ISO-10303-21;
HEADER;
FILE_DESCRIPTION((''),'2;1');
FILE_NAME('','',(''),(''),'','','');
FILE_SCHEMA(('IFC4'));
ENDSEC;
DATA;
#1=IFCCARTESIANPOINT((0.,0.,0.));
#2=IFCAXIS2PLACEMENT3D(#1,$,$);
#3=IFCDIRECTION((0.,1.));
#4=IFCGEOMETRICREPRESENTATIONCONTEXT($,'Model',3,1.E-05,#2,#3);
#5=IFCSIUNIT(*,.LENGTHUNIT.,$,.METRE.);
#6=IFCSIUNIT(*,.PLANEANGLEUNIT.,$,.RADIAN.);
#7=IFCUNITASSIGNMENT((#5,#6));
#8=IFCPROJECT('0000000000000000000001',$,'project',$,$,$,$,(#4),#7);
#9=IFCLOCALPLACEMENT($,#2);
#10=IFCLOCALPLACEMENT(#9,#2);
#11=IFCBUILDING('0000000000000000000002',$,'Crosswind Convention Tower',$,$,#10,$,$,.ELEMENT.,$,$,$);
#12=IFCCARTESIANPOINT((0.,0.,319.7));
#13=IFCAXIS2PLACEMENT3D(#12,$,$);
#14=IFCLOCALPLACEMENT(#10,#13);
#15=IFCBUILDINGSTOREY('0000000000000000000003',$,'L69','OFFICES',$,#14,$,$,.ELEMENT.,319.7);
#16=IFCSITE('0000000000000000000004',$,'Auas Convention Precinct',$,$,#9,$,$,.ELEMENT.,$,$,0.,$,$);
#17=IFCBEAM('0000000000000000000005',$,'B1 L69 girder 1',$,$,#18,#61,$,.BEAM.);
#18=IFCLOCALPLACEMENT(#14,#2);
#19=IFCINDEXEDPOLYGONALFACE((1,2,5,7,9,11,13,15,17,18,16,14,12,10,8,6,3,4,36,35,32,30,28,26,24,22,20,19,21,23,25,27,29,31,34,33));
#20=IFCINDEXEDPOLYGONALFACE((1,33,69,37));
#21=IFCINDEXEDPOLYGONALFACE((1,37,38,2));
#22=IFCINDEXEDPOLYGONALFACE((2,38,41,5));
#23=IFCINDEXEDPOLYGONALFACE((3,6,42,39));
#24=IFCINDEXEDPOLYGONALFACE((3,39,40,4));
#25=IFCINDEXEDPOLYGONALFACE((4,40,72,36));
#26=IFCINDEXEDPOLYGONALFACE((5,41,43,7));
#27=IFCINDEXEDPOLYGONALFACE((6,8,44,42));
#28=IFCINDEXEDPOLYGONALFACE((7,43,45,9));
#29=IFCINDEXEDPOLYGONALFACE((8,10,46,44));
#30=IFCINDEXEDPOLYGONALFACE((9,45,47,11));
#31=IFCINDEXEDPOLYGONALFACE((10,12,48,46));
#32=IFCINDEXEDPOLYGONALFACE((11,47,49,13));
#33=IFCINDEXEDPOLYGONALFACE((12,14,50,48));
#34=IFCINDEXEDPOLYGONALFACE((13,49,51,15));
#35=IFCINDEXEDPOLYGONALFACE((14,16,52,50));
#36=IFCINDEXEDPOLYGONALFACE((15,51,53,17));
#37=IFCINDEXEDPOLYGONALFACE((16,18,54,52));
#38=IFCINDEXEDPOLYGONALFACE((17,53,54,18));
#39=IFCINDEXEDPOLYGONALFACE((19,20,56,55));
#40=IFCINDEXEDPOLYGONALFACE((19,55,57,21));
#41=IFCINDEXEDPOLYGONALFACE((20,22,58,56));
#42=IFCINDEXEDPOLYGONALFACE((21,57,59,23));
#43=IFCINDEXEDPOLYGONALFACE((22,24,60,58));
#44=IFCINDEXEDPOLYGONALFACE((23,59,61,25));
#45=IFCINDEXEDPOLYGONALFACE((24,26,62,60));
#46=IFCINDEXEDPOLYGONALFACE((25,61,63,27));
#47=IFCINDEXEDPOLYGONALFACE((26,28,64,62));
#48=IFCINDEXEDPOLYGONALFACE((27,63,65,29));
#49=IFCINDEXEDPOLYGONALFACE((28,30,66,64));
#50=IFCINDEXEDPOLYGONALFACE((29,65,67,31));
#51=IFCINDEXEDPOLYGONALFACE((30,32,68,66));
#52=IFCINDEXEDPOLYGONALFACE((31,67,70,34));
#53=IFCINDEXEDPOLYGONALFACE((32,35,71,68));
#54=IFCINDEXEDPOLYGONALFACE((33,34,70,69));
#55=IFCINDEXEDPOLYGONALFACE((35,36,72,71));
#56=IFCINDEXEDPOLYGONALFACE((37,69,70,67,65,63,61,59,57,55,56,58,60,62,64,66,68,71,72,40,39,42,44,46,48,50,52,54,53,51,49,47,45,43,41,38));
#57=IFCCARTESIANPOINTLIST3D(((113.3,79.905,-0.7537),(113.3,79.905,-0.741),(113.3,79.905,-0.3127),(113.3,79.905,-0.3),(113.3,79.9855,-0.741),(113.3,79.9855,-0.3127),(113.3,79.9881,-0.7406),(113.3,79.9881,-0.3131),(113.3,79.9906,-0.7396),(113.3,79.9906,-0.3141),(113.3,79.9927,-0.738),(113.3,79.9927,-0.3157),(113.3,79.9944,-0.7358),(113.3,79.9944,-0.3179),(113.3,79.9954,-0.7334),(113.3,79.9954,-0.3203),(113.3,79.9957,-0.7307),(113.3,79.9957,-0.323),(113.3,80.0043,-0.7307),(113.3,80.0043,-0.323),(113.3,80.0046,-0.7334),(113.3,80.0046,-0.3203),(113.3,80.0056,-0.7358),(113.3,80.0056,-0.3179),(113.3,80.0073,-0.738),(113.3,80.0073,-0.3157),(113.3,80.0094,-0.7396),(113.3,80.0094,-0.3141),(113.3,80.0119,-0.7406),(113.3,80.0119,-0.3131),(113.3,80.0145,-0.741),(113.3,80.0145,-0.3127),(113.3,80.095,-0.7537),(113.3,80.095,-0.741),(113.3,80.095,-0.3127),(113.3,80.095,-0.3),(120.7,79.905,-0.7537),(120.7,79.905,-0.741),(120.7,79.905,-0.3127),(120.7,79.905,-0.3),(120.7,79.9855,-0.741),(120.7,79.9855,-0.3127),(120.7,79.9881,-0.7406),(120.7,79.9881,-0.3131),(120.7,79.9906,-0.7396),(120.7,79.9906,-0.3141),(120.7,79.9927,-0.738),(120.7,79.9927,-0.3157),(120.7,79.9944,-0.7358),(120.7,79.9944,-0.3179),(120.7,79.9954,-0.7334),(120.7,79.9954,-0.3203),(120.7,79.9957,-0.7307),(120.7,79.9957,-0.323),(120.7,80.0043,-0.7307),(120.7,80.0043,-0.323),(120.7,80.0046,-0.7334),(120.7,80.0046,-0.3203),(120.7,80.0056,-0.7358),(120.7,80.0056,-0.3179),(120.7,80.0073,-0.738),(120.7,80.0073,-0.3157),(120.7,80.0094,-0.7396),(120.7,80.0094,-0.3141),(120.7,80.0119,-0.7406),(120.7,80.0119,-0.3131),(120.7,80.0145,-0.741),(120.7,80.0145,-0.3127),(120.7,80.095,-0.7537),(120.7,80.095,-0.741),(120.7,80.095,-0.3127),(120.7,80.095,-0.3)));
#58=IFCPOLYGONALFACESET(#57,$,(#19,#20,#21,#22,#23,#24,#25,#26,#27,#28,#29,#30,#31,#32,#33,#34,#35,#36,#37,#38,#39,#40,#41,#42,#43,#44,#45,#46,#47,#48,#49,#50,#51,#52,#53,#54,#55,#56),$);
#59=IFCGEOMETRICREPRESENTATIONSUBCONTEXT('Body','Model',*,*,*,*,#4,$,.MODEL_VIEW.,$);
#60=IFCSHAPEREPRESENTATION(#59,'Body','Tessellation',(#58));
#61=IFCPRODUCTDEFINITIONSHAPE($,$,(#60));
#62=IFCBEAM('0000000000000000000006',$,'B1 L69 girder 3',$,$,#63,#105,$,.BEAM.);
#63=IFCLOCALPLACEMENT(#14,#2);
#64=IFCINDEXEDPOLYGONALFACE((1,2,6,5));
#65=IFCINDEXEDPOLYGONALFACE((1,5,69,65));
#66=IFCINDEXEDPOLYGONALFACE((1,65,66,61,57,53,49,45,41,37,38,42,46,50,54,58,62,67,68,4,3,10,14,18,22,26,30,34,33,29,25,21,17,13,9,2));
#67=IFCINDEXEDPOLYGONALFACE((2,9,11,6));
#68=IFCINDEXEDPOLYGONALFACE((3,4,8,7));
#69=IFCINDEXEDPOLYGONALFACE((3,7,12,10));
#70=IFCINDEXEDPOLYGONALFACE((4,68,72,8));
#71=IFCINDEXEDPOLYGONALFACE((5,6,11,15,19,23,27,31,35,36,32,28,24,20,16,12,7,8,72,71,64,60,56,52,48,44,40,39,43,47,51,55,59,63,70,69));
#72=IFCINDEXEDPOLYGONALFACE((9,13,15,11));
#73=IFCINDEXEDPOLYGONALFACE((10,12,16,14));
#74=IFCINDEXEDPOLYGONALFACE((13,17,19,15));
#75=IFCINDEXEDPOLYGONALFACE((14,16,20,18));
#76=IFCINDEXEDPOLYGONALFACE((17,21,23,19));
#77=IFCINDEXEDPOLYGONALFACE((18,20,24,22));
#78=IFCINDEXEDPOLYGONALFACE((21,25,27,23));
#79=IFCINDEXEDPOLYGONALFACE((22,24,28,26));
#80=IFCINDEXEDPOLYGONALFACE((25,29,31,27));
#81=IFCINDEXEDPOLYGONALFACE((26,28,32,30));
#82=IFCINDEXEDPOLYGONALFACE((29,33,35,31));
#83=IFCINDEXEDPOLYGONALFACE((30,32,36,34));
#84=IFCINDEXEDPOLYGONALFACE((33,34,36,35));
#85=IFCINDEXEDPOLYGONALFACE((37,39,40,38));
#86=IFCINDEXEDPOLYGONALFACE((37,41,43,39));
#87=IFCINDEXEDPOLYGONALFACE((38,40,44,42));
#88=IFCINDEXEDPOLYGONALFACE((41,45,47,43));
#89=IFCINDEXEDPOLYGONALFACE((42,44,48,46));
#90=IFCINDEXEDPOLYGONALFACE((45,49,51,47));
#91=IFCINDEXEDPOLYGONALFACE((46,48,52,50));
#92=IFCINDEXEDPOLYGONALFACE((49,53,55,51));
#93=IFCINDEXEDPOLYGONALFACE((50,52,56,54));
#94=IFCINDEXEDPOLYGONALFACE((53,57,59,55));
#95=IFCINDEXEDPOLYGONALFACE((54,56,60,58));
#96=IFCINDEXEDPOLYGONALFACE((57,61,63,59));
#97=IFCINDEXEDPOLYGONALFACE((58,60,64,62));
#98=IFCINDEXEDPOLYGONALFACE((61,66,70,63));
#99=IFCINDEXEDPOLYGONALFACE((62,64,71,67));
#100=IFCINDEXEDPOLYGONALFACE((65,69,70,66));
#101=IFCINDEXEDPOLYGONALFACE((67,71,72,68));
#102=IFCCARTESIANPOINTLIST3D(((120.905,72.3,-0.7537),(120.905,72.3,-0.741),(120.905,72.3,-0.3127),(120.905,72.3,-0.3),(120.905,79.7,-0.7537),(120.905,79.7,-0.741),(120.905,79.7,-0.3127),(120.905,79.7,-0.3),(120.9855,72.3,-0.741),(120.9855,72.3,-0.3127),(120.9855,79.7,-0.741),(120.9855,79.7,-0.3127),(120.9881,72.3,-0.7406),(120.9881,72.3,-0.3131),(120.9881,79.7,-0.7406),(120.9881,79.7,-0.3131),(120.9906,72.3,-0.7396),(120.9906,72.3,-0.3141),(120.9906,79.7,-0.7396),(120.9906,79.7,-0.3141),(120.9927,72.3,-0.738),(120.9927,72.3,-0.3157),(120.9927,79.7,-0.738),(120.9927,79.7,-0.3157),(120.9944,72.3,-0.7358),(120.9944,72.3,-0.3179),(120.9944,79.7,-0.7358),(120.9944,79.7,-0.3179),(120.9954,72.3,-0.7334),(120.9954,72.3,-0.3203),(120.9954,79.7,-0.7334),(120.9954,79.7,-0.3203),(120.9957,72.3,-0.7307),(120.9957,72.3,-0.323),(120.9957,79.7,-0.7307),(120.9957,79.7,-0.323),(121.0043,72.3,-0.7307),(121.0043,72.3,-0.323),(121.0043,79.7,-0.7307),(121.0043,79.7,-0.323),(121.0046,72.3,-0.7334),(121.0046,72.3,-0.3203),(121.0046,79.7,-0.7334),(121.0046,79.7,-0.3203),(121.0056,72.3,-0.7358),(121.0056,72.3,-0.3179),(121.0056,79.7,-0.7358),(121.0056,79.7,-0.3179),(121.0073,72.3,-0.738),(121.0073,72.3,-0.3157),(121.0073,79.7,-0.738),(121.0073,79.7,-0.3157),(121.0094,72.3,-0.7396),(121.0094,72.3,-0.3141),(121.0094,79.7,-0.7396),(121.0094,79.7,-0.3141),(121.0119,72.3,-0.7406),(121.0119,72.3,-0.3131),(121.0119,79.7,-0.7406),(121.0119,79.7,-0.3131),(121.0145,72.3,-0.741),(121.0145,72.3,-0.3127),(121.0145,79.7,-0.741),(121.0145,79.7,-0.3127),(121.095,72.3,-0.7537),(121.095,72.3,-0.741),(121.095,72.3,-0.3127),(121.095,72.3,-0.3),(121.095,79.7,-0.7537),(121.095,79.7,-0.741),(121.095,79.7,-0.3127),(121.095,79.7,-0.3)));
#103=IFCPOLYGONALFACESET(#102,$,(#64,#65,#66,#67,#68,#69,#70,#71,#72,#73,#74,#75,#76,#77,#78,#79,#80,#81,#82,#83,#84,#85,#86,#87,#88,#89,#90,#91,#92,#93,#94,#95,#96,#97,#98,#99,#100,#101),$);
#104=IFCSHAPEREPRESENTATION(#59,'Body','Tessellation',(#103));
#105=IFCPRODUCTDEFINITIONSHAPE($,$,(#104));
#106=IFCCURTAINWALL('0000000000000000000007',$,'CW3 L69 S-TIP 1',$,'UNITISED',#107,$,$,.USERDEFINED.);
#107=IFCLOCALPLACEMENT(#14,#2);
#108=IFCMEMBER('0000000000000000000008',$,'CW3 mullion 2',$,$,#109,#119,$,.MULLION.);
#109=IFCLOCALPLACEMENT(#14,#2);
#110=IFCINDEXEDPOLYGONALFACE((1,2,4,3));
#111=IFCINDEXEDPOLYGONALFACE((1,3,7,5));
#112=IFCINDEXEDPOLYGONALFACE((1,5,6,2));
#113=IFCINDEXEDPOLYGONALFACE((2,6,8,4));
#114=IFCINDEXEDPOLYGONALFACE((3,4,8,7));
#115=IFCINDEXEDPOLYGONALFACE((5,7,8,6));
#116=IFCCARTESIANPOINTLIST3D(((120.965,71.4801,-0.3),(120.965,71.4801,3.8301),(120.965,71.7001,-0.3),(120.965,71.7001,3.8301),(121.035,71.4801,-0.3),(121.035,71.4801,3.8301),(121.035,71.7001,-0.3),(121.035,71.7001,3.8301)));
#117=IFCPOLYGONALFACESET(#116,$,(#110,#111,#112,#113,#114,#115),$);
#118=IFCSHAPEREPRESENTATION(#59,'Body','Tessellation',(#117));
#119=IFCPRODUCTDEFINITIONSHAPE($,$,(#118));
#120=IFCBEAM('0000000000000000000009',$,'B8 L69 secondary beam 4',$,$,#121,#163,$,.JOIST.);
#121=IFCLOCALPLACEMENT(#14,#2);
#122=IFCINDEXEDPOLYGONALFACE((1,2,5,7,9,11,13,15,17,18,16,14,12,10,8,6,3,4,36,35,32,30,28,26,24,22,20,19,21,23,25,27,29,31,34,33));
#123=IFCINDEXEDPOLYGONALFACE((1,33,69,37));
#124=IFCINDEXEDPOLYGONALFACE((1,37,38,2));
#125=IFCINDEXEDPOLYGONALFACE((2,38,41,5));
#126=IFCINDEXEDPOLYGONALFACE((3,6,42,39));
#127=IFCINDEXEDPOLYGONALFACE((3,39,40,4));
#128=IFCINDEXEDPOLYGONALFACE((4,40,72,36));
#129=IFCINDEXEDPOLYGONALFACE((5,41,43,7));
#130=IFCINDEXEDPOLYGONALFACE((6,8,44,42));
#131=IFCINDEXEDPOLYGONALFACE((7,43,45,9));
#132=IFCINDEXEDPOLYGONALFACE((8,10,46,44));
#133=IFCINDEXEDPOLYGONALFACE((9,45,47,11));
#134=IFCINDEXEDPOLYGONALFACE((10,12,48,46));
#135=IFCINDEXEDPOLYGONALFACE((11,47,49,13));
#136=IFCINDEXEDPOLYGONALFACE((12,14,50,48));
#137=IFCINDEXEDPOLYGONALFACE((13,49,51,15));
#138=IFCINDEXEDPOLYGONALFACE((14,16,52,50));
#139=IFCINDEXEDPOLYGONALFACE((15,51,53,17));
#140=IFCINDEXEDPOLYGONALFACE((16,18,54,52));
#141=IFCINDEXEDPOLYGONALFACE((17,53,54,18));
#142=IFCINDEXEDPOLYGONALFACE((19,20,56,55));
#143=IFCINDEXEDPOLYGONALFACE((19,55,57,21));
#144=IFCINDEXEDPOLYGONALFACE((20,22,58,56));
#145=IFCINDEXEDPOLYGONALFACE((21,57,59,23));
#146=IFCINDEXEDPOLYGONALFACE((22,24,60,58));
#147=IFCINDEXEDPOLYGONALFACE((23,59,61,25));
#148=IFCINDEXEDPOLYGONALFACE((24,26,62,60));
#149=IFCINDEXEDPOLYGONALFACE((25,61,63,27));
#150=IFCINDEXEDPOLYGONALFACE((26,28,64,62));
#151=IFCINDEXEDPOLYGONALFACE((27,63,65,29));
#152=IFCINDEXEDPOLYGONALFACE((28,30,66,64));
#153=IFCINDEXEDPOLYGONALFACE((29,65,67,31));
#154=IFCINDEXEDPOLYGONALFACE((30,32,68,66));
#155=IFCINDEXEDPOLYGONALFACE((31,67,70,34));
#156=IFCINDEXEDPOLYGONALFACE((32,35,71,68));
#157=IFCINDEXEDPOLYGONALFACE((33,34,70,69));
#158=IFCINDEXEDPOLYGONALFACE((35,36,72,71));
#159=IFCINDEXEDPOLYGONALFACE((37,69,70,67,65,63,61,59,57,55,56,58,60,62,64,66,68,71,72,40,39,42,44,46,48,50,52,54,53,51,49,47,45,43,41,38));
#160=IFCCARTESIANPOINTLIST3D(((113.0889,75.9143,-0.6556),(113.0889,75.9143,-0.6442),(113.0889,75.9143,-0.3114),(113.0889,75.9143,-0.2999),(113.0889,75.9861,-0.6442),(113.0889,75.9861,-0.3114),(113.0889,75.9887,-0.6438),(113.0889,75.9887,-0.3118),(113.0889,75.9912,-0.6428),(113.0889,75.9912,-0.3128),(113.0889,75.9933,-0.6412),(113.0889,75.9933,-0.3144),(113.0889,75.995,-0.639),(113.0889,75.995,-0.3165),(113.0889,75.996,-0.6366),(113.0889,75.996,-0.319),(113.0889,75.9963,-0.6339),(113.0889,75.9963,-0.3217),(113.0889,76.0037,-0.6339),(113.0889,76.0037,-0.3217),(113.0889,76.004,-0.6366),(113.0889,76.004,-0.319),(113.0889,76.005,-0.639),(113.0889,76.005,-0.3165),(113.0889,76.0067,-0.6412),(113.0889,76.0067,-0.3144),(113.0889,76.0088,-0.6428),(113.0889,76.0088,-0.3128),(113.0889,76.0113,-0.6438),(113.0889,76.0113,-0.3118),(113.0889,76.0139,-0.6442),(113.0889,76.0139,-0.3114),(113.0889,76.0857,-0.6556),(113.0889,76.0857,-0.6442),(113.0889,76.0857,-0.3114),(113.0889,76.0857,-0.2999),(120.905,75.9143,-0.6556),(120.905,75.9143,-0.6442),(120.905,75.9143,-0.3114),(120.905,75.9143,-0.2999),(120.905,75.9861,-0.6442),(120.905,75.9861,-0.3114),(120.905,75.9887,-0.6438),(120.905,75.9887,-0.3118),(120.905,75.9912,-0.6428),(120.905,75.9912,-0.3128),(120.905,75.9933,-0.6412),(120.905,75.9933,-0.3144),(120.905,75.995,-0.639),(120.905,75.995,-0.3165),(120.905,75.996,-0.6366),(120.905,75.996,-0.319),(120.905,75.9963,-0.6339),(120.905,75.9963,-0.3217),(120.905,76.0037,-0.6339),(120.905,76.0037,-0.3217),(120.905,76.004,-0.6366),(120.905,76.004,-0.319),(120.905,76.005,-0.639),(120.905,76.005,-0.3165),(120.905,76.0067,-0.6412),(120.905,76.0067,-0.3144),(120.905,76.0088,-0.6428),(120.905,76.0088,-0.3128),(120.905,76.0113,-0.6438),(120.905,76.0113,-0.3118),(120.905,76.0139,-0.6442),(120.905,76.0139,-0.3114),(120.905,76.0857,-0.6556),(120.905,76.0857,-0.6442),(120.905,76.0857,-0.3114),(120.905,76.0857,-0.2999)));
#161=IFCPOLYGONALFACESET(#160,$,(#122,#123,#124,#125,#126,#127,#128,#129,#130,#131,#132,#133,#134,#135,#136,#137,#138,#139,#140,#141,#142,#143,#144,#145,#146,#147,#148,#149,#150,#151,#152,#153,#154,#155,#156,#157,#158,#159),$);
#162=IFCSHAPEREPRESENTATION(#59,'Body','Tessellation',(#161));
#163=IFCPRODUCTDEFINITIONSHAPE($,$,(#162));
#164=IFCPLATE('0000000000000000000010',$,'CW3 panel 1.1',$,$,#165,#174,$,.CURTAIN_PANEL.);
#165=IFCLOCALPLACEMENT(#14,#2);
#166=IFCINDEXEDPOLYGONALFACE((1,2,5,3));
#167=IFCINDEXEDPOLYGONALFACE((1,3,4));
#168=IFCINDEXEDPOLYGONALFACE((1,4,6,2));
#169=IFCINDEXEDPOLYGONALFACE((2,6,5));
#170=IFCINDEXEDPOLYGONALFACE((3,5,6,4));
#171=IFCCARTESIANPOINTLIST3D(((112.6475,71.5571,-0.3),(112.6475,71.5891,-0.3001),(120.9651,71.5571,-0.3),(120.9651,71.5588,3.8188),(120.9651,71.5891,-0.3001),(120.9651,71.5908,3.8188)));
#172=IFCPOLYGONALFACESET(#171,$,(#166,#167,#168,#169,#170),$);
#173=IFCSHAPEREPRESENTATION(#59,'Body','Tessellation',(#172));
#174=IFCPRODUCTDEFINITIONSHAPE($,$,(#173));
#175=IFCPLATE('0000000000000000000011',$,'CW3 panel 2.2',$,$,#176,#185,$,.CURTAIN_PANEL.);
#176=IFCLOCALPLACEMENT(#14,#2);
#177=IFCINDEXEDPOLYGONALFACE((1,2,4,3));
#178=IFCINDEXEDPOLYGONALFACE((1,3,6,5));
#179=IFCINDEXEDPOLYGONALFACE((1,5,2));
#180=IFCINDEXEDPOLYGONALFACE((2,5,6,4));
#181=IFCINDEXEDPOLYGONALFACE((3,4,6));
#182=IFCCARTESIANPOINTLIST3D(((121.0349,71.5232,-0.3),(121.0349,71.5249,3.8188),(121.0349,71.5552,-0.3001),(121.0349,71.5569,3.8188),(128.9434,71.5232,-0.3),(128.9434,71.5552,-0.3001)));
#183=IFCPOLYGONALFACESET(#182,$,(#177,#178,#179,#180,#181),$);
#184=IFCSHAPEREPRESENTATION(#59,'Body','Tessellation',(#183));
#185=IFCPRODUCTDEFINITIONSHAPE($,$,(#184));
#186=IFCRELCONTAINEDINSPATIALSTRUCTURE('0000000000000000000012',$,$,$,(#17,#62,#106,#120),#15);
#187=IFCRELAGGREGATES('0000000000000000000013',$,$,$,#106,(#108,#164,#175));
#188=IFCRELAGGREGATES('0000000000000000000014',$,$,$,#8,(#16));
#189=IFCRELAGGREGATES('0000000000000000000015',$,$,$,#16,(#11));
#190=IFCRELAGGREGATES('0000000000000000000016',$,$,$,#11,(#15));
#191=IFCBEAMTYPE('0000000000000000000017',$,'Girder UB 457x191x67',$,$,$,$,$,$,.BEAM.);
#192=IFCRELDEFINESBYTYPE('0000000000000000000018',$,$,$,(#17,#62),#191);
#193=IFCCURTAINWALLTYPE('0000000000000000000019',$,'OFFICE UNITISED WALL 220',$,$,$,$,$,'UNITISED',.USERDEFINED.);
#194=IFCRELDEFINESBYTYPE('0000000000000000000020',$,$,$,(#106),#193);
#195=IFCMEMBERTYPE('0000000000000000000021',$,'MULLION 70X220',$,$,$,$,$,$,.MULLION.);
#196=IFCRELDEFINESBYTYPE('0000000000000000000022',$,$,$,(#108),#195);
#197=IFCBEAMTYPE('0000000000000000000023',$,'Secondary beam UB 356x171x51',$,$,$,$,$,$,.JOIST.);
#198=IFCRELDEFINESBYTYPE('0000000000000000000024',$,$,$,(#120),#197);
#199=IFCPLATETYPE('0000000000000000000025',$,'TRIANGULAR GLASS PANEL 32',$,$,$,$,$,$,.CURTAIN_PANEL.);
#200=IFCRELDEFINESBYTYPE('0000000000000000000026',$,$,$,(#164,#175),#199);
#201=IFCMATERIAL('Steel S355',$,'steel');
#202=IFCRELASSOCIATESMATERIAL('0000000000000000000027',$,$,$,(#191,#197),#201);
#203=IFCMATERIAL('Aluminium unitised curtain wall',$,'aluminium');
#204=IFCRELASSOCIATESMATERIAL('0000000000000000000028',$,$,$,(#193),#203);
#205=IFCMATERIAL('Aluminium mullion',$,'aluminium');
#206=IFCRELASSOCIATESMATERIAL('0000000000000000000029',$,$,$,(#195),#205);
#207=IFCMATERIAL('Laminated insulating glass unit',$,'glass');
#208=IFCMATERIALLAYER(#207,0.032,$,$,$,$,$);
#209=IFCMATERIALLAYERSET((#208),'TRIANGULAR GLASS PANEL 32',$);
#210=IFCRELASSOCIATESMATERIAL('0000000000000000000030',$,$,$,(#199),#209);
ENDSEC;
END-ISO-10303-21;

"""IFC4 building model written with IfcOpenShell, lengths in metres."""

from ifc_helpers import new_model, si_unit, direction, frame, origin, origin_2d, place, context, subcontext, project, spatial, polyline, rectangle, i_section, outline, extrude, material, layer, layer_set, material_profile, profile_set, type_object, element, aggregate, save


model = new_model("IFC4")

# Units and contexts
model_context = context("Model", 3, precision=1e-05, world=origin(), true_north=direction((0.0, 1.0)))
body_context = subcontext(model_context, "Body", "Model", "MODEL_VIEW")
ifc_project = project(units=[si_unit("LENGTHUNIT", "METRE"), si_unit("PLANEANGLEUNIT", "RADIAN")], contexts=[model_context])

# Site, building, storey
site_placement = place(None, origin())
site = spatial("IfcSite", under=ifc_project, at=site_placement, Name="Auas Convention Precinct", CompositionType="ELEMENT", RefElevation=0.0)
building_placement = place(site_placement, origin())
building = spatial("IfcBuilding", under=site, at=building_placement, Name="Crosswind Convention Tower", CompositionType="ELEMENT")
storey_placement = place(building_placement, frame((0.0, 0.0, 319.7)))
storey = spatial("IfcBuildingStorey", under=building, at=storey_placement, Name="L69", Description="OFFICES", CompositionType="ELEMENT", Elevation=319.7)

# Beams
ifc_material_1 = material(Name="Steel S355", Category="steel")
ifc_material_profile_1 = material_profile(ifc_material_1, i_section(OverallWidth=0.1899, OverallDepth=0.4536, WebThickness=0.0085, FlangeThickness=0.0127, FilletRadius=0.0103, at=origin_2d()), Name="UB 457x191x67")
ifc_profile_set_1 = profile_set([ifc_material_profile_1], Name="Steel S355")
beam_type_1 = type_object("IfcBeamType", Name="Girder UB 457x191x67", PredefinedType="BEAM", material=ifc_profile_set_1)
for number, where, z_axis, x_axis, name in (
    (1, (113.3, 80.0, -0.5269), (1.0, 0.0, 0.0), (0.0, 1.0, 0.0), "B1 L69 girder 1"),
    (2, (121.0, 72.3, -0.5269), (0.0, 1.0, 0.0), (-1.0, 0.0, 0.0), "B1 L69 girder 3"),
):
    element("IfcBeam", number, at=place(storey_placement, frame(where, z_axis=z_axis, x_axis=x_axis)), inside=storey, type_object=beam_type_1, Name=name, PredefinedType="BEAM", context=body_context, shape_type="SweptSolid", body=[
        extrude(i_section(OverallWidth=0.1899, OverallDepth=0.4536, WebThickness=0.0085, FlangeThickness=0.0127, FilletRadius=0.0103, at=origin_2d()), origin(), (0.0, 0.0, 1.0), 7.3999),
    ])

# Curtain wall, member
ifc_material_2 = material(Name="Aluminium unitised curtain wall", Category="aluminium")
curtain_wall_type = type_object("IfcCurtainWallType", Name="OFFICE UNITISED WALL 220", ElementType="UNITISED", PredefinedType="USERDEFINED", material=ifc_material_2)
curtain_wall_placement = place(storey_placement, origin())
curtain_wall = element("IfcCurtainWall", 3, at=curtain_wall_placement, inside=storey, type_object=curtain_wall_type, Name="CW3 L69 S-TIP 1", ObjectType="UNITISED", PredefinedType="USERDEFINED")
ifc_material_3 = material(Name="Aluminium mullion", Category="aluminium")
ifc_material_profile_2 = material_profile(ifc_material_3, rectangle(XDim=0.22, YDim=0.0701, at=origin_2d()), Name="AL 220X70")
ifc_profile_set_2 = profile_set([ifc_material_profile_2], Name="Aluminium mullion")
member_type = type_object("IfcMemberType", Name="MULLION 70X220", PredefinedType="MULLION", material=ifc_profile_set_2)
member_placement = place(storey_placement, frame((121.0, 71.5901, -0.3), z_axis=(0.0, 0.0, 1.0), x_axis=(0.0, -1.0, 0.0)))
member = element("IfcMember", 4, at=member_placement, type_object=member_type, Name="CW3 mullion 2", PredefinedType="MULLION", context=body_context, shape_type="SweptSolid", body=[
    extrude(rectangle(XDim=0.22, YDim=0.0701, at=origin_2d()), origin(), (0.0, 0.0, 1.0), 4.1301),
])

# Beam
ifc_material_profile_3 = material_profile(ifc_material_1, i_section(OverallWidth=0.1714, OverallDepth=0.3557, WebThickness=0.0073, FlangeThickness=0.0115, FilletRadius=0.0103, at=origin_2d()), Name="UB 356x171x51")
ifc_profile_set_3 = profile_set([ifc_material_profile_3], Name="Steel S355")
beam_type_2 = type_object("IfcBeamType", Name="Secondary beam UB 356x171x51", PredefinedType="JOIST", material=ifc_profile_set_3)
beam_1_placement = place(storey_placement, frame((113.0889, 76.0, -0.4778), z_axis=(1.0, 0.0, 0.0), x_axis=(0.0, 1.0, 0.0)))
element("IfcBeam", 5, at=beam_1_placement, inside=storey, type_object=beam_type_2, Name="B8 L69 secondary beam 4", PredefinedType="JOIST", context=body_context, shape_type="SweptSolid", body=[
    extrude(i_section(OverallWidth=0.1714, OverallDepth=0.3557, WebThickness=0.0073, FlangeThickness=0.0115, FilletRadius=0.0103, at=origin_2d()), origin(), (0.0, 0.0, 1.0), 7.8162),
])

# Plates
ifc_material_4 = material(Name="Laminated insulating glass unit", Category="glass")
ifc_layer_1 = layer(ifc_material_4, 0.032)
ifc_layer_set_1 = layer_set([ifc_layer_1], Name="TRIANGULAR GLASS PANEL 32")
plate_type = type_object("IfcPlateType", Name="TRIANGULAR GLASS PANEL 32", PredefinedType="CURTAIN_PANEL", material=ifc_layer_set_1)
plate_1_placement = place(storey_placement, frame((120.9651, 71.5571, -0.3), z_axis=(0.0, -1.0, 0.000415), x_axis=(0.0, 0.000415, 1.0)))
plate_1 = element("IfcPlate", 6, at=plate_1_placement, type_object=plate_type, Name="CW3 panel 1.1", PredefinedType="CURTAIN_PANEL", context=body_context, shape_type="SweptSolid", body=[
    extrude(outline(polyline([(0.0, 0.0), (4.1189, 0.0), (0.0, 8.3176), (0.0, 0.0)])), origin(), (0.0, 0.0, -1.0), 0.032),
])
plate_2_placement = place(storey_placement, frame((121.0349, 71.5232, -0.3), z_axis=(0.0, -1.0, 0.000415), x_axis=(1.0, 0.0, 0.0)))
plate_2 = element("IfcPlate", 7, at=plate_2_placement, type_object=plate_type, Name="CW3 panel 2.2", PredefinedType="CURTAIN_PANEL", context=body_context, shape_type="SweptSolid", body=[
    extrude(outline(polyline([(0.0, 0.0), (7.9084, 0.0), (0.0, 4.1189), (0.0, 0.0)])), origin(), (0.0, 0.0, -1.0), 0.032),
])
aggregate(curtain_wall, [member, plate_1, plate_2])

save(model, "model.ifc")
